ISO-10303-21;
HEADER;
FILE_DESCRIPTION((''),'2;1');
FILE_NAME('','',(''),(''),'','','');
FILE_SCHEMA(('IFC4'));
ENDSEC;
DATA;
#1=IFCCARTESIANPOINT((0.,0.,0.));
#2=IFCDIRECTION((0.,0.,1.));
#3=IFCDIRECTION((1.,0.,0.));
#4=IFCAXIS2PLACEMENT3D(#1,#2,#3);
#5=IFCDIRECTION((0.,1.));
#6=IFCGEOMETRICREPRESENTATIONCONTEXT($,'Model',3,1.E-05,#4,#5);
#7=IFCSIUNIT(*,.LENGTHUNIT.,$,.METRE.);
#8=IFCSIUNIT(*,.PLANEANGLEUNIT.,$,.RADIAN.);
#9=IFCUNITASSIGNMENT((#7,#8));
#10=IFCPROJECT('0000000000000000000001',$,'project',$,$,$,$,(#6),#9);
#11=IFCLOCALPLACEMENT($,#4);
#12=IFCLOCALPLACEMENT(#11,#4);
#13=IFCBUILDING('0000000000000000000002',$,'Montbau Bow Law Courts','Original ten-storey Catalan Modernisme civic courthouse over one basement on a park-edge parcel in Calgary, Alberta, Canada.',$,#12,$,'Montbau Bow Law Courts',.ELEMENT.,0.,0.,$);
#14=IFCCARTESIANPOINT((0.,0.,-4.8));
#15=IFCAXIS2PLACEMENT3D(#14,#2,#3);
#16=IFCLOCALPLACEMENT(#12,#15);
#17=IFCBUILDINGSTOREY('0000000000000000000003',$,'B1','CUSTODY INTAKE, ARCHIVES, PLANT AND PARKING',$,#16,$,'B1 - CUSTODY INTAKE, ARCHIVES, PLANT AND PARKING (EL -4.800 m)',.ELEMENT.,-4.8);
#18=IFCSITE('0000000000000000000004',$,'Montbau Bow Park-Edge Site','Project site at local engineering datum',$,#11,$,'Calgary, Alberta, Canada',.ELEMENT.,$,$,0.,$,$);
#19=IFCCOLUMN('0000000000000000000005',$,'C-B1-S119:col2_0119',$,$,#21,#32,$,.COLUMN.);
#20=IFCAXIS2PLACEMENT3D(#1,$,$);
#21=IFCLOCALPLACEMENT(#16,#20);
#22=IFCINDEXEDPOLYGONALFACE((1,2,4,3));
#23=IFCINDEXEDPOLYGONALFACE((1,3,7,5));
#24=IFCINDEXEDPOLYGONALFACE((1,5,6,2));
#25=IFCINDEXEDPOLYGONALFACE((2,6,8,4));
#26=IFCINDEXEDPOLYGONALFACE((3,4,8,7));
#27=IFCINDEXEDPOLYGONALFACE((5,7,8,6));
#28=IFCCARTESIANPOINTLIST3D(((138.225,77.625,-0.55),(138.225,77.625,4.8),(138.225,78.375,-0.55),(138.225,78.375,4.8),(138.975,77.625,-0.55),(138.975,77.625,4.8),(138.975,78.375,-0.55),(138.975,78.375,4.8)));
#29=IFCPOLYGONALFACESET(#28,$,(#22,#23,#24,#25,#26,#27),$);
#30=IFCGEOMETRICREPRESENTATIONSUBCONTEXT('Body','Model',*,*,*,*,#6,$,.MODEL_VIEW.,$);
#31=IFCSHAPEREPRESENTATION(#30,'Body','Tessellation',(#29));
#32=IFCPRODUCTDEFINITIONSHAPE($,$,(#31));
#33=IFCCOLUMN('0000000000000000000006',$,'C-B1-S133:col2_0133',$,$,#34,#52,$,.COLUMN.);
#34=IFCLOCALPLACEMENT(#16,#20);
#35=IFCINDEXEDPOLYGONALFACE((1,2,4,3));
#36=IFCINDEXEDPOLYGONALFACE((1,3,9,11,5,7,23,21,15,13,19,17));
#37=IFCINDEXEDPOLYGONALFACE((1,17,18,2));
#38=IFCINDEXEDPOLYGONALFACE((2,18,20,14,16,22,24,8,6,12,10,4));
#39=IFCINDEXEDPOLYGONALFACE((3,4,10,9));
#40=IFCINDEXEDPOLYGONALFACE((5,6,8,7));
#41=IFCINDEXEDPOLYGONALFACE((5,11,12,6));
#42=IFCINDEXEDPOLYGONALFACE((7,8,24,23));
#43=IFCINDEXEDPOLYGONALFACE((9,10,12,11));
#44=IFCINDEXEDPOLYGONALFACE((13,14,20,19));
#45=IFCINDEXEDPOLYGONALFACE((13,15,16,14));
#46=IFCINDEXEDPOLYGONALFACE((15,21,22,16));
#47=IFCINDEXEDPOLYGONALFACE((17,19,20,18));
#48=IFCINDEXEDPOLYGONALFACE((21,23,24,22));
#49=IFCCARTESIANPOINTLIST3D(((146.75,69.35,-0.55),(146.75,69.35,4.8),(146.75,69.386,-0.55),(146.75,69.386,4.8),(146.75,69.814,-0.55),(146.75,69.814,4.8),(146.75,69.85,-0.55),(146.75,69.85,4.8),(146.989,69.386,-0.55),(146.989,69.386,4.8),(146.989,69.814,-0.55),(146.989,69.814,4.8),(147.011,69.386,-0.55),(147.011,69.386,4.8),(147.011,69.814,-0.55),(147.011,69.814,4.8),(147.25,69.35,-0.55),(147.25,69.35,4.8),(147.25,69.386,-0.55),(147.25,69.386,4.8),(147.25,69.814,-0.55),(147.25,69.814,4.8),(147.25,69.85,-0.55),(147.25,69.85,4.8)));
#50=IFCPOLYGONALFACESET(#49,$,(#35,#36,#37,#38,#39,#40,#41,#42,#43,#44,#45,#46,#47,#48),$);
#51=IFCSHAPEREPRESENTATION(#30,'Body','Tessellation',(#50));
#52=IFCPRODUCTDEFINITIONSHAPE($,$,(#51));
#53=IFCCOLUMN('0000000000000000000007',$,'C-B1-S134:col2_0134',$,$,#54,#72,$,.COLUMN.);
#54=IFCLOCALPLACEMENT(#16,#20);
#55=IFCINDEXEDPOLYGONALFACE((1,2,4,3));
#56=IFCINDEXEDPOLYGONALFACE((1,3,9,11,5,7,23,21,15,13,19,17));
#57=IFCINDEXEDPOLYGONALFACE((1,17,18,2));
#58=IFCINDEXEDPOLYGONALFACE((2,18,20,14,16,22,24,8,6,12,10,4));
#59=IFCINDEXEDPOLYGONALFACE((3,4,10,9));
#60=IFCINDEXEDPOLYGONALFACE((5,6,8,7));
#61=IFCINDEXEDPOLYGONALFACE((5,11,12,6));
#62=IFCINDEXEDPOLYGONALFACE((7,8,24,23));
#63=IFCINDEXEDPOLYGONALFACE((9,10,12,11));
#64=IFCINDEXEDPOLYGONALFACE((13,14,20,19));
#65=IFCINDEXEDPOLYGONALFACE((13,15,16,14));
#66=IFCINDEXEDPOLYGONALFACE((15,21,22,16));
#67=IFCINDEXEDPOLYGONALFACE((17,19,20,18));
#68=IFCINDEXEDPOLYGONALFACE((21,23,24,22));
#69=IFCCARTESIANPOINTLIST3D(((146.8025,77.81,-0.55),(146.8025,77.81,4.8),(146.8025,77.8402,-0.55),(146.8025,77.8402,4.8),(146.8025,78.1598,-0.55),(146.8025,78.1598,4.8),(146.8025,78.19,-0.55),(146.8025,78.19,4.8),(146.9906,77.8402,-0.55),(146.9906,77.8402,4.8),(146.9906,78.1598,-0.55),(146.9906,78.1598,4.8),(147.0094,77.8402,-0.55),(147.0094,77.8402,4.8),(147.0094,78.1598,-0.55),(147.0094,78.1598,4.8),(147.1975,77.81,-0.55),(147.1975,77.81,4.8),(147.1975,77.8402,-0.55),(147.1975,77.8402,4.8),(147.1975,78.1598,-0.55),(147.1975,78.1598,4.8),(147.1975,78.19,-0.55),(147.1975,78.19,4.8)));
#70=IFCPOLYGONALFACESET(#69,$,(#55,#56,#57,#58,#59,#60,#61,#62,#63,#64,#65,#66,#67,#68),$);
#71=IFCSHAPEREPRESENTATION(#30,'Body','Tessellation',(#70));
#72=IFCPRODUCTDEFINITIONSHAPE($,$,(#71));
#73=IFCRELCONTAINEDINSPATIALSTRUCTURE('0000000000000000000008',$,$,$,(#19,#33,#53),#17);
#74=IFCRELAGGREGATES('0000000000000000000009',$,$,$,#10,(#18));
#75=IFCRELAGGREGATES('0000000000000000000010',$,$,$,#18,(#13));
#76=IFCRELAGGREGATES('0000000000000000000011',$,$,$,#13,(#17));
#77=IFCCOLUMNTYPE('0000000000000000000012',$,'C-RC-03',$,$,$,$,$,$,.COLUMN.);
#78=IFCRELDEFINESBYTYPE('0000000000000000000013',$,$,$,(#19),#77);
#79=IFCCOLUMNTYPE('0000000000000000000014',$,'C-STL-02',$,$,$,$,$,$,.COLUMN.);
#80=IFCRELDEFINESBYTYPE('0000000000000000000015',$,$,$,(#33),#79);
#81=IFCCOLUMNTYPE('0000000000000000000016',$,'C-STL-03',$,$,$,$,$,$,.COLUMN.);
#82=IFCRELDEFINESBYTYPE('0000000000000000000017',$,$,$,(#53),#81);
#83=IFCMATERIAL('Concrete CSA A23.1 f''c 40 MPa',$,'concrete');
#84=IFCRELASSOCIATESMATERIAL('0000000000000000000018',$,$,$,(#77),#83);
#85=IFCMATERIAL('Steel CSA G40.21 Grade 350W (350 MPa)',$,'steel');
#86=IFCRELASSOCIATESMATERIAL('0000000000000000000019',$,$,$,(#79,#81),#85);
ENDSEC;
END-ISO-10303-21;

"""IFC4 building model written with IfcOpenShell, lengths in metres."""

from ifc_helpers import new_model, si_unit, direction, frame, origin_with_axes, origin_2d_with_axis, place, context, subcontext, project, spatial, rectangle, i_section, extrude, material, material_profile, profile_set, type_object, element, save


model = new_model("IFC4")

# Units and contexts
model_context = context("Model", 3, precision=1e-05, world=origin_with_axes(), true_north=direction((0.0, 1.0)))
body_context = subcontext(model_context, "Body", "Model", "MODEL_VIEW")
ifc_project = project(units=[si_unit("LENGTHUNIT", "METRE"), si_unit("PLANEANGLEUNIT", "RADIAN")], contexts=[model_context])

# Site, building, storey
site_placement = place(None, origin_with_axes())
site = spatial("IfcSite", under=ifc_project, at=site_placement, Name="Montbau Bow Park-Edge Site", Description="Project site at local engineering datum", LongName="Calgary, Alberta, Canada", CompositionType="ELEMENT", RefElevation=0.0)
building_placement = place(site_placement, origin_with_axes())
building = spatial("IfcBuilding", under=site, at=building_placement, Name="Montbau Bow Law Courts", Description="Original ten-storey Catalan Modernisme civic courthouse over one basement on a park-edge parcel in Calgary, Alberta, Canada.", LongName="Montbau Bow Law Courts", CompositionType="ELEMENT", ElevationOfRefHeight=0.0, ElevationOfTerrain=0.0)
storey_placement = place(building_placement, frame((0.0, 0.0, -4.8), z_axis=(0.0, 0.0, 1.0), x_axis=(1.0, 0.0, 0.0)))
storey = spatial("IfcBuildingStorey", under=building, at=storey_placement, Name="B1", Description="CUSTODY INTAKE, ARCHIVES, PLANT AND PARKING", LongName="B1 - CUSTODY INTAKE, ARCHIVES, PLANT AND PARKING (EL -4.800 m)", CompositionType="ELEMENT", Elevation=-4.8)

# Shared definitions
ifc_material_1 = material(Name="Concrete CSA A23.1 f'c 40 MPa", Category="concrete")

# Columns
ifc_material_profile_1 = material_profile(ifc_material_1, rectangle(XDim=0.75, YDim=0.75, at=origin_2d_with_axis()), Name="RC750X750", Category="Main", Priority=0)
ifc_profile_set_1 = profile_set([ifc_material_profile_1], Name="Concrete CSA A23.1 f'c 40 MPa")
column_type_1 = type_object("IfcColumnType", Name="C-RC-03", PredefinedType="COLUMN", material=ifc_profile_set_1)
column_1_placement = place(None, frame((138.6, 78.0, -5.35), z_axis=(0.0, 0.0, 1.0), x_axis=(1.0, 0.0, 0.0)))
element("IfcColumn", 1, at=column_1_placement, inside=storey, type_object=column_type_1, Name="C-B1-S119:col2_0119", PredefinedType="COLUMN", context=body_context, shape_type="SweptSolid", body=[
    extrude(rectangle(XDim=0.75, YDim=0.75, at=origin_2d_with_axis()), origin_with_axes(), (0.0, 0.0, 1.0), 5.35),
])
ifc_material_2 = material(Name="Steel CSA G40.21 Grade 350W (350 MPa)", Category="steel")
ifc_material_profile_2 = material_profile(ifc_material_2, i_section(OverallWidth=0.5, OverallDepth=0.5, WebThickness=0.022, FlangeThickness=0.036, at=origin_2d_with_axis()), Name="WWF500X343", Category="Main", Priority=0)
ifc_profile_set_2 = profile_set([ifc_material_profile_2], Name="Steel CSA G40.21 Grade 350W (350 MPa)")
column_type_2 = type_object("IfcColumnType", Name="C-STL-02", PredefinedType="COLUMN", material=ifc_profile_set_2)
column_2_placement = place(None, frame((147.0, 69.6, -5.35), z_axis=(0.0, 0.0, 1.0), x_axis=(1.0, 0.0, 0.0)))
element("IfcColumn", 2, at=column_2_placement, inside=storey, type_object=column_type_2, Name="C-B1-S133:col2_0133", PredefinedType="COLUMN", context=body_context, shape_type="SweptSolid", body=[
    extrude(i_section(OverallWidth=0.5, OverallDepth=0.5, WebThickness=0.022, FlangeThickness=0.036, at=origin_2d_with_axis()), origin_with_axes(), (0.0, 0.0, 1.0), 5.35),
])
ifc_material_profile_3 = material_profile(ifc_material_2, i_section(OverallWidth=0.395, OverallDepth=0.38, WebThickness=0.0189, FlangeThickness=0.0302, at=origin_2d_with_axis()), Name="W360X237", Category="Main", Priority=0)
ifc_profile_set_3 = profile_set([ifc_material_profile_3], Name="Steel CSA G40.21 Grade 350W (350 MPa)")
column_type_3 = type_object("IfcColumnType", Name="C-STL-03", PredefinedType="COLUMN", material=ifc_profile_set_3)
column_3_placement = place(None, frame((147.0, 78.0, -5.35), z_axis=(0.0, 0.0, 1.0), x_axis=(1.0, 0.0, 0.0)))
element("IfcColumn", 3, at=column_3_placement, inside=storey, type_object=column_type_3, Name="C-B1-S134:col2_0134", PredefinedType="COLUMN", context=body_context, shape_type="SweptSolid", body=[
    extrude(i_section(OverallWidth=0.395, OverallDepth=0.38, WebThickness=0.0189, FlangeThickness=0.0302, at=origin_2d_with_axis()), origin_with_axes(), (0.0, 0.0, 1.0), 5.35),
])

save(model, "model.ifc")
